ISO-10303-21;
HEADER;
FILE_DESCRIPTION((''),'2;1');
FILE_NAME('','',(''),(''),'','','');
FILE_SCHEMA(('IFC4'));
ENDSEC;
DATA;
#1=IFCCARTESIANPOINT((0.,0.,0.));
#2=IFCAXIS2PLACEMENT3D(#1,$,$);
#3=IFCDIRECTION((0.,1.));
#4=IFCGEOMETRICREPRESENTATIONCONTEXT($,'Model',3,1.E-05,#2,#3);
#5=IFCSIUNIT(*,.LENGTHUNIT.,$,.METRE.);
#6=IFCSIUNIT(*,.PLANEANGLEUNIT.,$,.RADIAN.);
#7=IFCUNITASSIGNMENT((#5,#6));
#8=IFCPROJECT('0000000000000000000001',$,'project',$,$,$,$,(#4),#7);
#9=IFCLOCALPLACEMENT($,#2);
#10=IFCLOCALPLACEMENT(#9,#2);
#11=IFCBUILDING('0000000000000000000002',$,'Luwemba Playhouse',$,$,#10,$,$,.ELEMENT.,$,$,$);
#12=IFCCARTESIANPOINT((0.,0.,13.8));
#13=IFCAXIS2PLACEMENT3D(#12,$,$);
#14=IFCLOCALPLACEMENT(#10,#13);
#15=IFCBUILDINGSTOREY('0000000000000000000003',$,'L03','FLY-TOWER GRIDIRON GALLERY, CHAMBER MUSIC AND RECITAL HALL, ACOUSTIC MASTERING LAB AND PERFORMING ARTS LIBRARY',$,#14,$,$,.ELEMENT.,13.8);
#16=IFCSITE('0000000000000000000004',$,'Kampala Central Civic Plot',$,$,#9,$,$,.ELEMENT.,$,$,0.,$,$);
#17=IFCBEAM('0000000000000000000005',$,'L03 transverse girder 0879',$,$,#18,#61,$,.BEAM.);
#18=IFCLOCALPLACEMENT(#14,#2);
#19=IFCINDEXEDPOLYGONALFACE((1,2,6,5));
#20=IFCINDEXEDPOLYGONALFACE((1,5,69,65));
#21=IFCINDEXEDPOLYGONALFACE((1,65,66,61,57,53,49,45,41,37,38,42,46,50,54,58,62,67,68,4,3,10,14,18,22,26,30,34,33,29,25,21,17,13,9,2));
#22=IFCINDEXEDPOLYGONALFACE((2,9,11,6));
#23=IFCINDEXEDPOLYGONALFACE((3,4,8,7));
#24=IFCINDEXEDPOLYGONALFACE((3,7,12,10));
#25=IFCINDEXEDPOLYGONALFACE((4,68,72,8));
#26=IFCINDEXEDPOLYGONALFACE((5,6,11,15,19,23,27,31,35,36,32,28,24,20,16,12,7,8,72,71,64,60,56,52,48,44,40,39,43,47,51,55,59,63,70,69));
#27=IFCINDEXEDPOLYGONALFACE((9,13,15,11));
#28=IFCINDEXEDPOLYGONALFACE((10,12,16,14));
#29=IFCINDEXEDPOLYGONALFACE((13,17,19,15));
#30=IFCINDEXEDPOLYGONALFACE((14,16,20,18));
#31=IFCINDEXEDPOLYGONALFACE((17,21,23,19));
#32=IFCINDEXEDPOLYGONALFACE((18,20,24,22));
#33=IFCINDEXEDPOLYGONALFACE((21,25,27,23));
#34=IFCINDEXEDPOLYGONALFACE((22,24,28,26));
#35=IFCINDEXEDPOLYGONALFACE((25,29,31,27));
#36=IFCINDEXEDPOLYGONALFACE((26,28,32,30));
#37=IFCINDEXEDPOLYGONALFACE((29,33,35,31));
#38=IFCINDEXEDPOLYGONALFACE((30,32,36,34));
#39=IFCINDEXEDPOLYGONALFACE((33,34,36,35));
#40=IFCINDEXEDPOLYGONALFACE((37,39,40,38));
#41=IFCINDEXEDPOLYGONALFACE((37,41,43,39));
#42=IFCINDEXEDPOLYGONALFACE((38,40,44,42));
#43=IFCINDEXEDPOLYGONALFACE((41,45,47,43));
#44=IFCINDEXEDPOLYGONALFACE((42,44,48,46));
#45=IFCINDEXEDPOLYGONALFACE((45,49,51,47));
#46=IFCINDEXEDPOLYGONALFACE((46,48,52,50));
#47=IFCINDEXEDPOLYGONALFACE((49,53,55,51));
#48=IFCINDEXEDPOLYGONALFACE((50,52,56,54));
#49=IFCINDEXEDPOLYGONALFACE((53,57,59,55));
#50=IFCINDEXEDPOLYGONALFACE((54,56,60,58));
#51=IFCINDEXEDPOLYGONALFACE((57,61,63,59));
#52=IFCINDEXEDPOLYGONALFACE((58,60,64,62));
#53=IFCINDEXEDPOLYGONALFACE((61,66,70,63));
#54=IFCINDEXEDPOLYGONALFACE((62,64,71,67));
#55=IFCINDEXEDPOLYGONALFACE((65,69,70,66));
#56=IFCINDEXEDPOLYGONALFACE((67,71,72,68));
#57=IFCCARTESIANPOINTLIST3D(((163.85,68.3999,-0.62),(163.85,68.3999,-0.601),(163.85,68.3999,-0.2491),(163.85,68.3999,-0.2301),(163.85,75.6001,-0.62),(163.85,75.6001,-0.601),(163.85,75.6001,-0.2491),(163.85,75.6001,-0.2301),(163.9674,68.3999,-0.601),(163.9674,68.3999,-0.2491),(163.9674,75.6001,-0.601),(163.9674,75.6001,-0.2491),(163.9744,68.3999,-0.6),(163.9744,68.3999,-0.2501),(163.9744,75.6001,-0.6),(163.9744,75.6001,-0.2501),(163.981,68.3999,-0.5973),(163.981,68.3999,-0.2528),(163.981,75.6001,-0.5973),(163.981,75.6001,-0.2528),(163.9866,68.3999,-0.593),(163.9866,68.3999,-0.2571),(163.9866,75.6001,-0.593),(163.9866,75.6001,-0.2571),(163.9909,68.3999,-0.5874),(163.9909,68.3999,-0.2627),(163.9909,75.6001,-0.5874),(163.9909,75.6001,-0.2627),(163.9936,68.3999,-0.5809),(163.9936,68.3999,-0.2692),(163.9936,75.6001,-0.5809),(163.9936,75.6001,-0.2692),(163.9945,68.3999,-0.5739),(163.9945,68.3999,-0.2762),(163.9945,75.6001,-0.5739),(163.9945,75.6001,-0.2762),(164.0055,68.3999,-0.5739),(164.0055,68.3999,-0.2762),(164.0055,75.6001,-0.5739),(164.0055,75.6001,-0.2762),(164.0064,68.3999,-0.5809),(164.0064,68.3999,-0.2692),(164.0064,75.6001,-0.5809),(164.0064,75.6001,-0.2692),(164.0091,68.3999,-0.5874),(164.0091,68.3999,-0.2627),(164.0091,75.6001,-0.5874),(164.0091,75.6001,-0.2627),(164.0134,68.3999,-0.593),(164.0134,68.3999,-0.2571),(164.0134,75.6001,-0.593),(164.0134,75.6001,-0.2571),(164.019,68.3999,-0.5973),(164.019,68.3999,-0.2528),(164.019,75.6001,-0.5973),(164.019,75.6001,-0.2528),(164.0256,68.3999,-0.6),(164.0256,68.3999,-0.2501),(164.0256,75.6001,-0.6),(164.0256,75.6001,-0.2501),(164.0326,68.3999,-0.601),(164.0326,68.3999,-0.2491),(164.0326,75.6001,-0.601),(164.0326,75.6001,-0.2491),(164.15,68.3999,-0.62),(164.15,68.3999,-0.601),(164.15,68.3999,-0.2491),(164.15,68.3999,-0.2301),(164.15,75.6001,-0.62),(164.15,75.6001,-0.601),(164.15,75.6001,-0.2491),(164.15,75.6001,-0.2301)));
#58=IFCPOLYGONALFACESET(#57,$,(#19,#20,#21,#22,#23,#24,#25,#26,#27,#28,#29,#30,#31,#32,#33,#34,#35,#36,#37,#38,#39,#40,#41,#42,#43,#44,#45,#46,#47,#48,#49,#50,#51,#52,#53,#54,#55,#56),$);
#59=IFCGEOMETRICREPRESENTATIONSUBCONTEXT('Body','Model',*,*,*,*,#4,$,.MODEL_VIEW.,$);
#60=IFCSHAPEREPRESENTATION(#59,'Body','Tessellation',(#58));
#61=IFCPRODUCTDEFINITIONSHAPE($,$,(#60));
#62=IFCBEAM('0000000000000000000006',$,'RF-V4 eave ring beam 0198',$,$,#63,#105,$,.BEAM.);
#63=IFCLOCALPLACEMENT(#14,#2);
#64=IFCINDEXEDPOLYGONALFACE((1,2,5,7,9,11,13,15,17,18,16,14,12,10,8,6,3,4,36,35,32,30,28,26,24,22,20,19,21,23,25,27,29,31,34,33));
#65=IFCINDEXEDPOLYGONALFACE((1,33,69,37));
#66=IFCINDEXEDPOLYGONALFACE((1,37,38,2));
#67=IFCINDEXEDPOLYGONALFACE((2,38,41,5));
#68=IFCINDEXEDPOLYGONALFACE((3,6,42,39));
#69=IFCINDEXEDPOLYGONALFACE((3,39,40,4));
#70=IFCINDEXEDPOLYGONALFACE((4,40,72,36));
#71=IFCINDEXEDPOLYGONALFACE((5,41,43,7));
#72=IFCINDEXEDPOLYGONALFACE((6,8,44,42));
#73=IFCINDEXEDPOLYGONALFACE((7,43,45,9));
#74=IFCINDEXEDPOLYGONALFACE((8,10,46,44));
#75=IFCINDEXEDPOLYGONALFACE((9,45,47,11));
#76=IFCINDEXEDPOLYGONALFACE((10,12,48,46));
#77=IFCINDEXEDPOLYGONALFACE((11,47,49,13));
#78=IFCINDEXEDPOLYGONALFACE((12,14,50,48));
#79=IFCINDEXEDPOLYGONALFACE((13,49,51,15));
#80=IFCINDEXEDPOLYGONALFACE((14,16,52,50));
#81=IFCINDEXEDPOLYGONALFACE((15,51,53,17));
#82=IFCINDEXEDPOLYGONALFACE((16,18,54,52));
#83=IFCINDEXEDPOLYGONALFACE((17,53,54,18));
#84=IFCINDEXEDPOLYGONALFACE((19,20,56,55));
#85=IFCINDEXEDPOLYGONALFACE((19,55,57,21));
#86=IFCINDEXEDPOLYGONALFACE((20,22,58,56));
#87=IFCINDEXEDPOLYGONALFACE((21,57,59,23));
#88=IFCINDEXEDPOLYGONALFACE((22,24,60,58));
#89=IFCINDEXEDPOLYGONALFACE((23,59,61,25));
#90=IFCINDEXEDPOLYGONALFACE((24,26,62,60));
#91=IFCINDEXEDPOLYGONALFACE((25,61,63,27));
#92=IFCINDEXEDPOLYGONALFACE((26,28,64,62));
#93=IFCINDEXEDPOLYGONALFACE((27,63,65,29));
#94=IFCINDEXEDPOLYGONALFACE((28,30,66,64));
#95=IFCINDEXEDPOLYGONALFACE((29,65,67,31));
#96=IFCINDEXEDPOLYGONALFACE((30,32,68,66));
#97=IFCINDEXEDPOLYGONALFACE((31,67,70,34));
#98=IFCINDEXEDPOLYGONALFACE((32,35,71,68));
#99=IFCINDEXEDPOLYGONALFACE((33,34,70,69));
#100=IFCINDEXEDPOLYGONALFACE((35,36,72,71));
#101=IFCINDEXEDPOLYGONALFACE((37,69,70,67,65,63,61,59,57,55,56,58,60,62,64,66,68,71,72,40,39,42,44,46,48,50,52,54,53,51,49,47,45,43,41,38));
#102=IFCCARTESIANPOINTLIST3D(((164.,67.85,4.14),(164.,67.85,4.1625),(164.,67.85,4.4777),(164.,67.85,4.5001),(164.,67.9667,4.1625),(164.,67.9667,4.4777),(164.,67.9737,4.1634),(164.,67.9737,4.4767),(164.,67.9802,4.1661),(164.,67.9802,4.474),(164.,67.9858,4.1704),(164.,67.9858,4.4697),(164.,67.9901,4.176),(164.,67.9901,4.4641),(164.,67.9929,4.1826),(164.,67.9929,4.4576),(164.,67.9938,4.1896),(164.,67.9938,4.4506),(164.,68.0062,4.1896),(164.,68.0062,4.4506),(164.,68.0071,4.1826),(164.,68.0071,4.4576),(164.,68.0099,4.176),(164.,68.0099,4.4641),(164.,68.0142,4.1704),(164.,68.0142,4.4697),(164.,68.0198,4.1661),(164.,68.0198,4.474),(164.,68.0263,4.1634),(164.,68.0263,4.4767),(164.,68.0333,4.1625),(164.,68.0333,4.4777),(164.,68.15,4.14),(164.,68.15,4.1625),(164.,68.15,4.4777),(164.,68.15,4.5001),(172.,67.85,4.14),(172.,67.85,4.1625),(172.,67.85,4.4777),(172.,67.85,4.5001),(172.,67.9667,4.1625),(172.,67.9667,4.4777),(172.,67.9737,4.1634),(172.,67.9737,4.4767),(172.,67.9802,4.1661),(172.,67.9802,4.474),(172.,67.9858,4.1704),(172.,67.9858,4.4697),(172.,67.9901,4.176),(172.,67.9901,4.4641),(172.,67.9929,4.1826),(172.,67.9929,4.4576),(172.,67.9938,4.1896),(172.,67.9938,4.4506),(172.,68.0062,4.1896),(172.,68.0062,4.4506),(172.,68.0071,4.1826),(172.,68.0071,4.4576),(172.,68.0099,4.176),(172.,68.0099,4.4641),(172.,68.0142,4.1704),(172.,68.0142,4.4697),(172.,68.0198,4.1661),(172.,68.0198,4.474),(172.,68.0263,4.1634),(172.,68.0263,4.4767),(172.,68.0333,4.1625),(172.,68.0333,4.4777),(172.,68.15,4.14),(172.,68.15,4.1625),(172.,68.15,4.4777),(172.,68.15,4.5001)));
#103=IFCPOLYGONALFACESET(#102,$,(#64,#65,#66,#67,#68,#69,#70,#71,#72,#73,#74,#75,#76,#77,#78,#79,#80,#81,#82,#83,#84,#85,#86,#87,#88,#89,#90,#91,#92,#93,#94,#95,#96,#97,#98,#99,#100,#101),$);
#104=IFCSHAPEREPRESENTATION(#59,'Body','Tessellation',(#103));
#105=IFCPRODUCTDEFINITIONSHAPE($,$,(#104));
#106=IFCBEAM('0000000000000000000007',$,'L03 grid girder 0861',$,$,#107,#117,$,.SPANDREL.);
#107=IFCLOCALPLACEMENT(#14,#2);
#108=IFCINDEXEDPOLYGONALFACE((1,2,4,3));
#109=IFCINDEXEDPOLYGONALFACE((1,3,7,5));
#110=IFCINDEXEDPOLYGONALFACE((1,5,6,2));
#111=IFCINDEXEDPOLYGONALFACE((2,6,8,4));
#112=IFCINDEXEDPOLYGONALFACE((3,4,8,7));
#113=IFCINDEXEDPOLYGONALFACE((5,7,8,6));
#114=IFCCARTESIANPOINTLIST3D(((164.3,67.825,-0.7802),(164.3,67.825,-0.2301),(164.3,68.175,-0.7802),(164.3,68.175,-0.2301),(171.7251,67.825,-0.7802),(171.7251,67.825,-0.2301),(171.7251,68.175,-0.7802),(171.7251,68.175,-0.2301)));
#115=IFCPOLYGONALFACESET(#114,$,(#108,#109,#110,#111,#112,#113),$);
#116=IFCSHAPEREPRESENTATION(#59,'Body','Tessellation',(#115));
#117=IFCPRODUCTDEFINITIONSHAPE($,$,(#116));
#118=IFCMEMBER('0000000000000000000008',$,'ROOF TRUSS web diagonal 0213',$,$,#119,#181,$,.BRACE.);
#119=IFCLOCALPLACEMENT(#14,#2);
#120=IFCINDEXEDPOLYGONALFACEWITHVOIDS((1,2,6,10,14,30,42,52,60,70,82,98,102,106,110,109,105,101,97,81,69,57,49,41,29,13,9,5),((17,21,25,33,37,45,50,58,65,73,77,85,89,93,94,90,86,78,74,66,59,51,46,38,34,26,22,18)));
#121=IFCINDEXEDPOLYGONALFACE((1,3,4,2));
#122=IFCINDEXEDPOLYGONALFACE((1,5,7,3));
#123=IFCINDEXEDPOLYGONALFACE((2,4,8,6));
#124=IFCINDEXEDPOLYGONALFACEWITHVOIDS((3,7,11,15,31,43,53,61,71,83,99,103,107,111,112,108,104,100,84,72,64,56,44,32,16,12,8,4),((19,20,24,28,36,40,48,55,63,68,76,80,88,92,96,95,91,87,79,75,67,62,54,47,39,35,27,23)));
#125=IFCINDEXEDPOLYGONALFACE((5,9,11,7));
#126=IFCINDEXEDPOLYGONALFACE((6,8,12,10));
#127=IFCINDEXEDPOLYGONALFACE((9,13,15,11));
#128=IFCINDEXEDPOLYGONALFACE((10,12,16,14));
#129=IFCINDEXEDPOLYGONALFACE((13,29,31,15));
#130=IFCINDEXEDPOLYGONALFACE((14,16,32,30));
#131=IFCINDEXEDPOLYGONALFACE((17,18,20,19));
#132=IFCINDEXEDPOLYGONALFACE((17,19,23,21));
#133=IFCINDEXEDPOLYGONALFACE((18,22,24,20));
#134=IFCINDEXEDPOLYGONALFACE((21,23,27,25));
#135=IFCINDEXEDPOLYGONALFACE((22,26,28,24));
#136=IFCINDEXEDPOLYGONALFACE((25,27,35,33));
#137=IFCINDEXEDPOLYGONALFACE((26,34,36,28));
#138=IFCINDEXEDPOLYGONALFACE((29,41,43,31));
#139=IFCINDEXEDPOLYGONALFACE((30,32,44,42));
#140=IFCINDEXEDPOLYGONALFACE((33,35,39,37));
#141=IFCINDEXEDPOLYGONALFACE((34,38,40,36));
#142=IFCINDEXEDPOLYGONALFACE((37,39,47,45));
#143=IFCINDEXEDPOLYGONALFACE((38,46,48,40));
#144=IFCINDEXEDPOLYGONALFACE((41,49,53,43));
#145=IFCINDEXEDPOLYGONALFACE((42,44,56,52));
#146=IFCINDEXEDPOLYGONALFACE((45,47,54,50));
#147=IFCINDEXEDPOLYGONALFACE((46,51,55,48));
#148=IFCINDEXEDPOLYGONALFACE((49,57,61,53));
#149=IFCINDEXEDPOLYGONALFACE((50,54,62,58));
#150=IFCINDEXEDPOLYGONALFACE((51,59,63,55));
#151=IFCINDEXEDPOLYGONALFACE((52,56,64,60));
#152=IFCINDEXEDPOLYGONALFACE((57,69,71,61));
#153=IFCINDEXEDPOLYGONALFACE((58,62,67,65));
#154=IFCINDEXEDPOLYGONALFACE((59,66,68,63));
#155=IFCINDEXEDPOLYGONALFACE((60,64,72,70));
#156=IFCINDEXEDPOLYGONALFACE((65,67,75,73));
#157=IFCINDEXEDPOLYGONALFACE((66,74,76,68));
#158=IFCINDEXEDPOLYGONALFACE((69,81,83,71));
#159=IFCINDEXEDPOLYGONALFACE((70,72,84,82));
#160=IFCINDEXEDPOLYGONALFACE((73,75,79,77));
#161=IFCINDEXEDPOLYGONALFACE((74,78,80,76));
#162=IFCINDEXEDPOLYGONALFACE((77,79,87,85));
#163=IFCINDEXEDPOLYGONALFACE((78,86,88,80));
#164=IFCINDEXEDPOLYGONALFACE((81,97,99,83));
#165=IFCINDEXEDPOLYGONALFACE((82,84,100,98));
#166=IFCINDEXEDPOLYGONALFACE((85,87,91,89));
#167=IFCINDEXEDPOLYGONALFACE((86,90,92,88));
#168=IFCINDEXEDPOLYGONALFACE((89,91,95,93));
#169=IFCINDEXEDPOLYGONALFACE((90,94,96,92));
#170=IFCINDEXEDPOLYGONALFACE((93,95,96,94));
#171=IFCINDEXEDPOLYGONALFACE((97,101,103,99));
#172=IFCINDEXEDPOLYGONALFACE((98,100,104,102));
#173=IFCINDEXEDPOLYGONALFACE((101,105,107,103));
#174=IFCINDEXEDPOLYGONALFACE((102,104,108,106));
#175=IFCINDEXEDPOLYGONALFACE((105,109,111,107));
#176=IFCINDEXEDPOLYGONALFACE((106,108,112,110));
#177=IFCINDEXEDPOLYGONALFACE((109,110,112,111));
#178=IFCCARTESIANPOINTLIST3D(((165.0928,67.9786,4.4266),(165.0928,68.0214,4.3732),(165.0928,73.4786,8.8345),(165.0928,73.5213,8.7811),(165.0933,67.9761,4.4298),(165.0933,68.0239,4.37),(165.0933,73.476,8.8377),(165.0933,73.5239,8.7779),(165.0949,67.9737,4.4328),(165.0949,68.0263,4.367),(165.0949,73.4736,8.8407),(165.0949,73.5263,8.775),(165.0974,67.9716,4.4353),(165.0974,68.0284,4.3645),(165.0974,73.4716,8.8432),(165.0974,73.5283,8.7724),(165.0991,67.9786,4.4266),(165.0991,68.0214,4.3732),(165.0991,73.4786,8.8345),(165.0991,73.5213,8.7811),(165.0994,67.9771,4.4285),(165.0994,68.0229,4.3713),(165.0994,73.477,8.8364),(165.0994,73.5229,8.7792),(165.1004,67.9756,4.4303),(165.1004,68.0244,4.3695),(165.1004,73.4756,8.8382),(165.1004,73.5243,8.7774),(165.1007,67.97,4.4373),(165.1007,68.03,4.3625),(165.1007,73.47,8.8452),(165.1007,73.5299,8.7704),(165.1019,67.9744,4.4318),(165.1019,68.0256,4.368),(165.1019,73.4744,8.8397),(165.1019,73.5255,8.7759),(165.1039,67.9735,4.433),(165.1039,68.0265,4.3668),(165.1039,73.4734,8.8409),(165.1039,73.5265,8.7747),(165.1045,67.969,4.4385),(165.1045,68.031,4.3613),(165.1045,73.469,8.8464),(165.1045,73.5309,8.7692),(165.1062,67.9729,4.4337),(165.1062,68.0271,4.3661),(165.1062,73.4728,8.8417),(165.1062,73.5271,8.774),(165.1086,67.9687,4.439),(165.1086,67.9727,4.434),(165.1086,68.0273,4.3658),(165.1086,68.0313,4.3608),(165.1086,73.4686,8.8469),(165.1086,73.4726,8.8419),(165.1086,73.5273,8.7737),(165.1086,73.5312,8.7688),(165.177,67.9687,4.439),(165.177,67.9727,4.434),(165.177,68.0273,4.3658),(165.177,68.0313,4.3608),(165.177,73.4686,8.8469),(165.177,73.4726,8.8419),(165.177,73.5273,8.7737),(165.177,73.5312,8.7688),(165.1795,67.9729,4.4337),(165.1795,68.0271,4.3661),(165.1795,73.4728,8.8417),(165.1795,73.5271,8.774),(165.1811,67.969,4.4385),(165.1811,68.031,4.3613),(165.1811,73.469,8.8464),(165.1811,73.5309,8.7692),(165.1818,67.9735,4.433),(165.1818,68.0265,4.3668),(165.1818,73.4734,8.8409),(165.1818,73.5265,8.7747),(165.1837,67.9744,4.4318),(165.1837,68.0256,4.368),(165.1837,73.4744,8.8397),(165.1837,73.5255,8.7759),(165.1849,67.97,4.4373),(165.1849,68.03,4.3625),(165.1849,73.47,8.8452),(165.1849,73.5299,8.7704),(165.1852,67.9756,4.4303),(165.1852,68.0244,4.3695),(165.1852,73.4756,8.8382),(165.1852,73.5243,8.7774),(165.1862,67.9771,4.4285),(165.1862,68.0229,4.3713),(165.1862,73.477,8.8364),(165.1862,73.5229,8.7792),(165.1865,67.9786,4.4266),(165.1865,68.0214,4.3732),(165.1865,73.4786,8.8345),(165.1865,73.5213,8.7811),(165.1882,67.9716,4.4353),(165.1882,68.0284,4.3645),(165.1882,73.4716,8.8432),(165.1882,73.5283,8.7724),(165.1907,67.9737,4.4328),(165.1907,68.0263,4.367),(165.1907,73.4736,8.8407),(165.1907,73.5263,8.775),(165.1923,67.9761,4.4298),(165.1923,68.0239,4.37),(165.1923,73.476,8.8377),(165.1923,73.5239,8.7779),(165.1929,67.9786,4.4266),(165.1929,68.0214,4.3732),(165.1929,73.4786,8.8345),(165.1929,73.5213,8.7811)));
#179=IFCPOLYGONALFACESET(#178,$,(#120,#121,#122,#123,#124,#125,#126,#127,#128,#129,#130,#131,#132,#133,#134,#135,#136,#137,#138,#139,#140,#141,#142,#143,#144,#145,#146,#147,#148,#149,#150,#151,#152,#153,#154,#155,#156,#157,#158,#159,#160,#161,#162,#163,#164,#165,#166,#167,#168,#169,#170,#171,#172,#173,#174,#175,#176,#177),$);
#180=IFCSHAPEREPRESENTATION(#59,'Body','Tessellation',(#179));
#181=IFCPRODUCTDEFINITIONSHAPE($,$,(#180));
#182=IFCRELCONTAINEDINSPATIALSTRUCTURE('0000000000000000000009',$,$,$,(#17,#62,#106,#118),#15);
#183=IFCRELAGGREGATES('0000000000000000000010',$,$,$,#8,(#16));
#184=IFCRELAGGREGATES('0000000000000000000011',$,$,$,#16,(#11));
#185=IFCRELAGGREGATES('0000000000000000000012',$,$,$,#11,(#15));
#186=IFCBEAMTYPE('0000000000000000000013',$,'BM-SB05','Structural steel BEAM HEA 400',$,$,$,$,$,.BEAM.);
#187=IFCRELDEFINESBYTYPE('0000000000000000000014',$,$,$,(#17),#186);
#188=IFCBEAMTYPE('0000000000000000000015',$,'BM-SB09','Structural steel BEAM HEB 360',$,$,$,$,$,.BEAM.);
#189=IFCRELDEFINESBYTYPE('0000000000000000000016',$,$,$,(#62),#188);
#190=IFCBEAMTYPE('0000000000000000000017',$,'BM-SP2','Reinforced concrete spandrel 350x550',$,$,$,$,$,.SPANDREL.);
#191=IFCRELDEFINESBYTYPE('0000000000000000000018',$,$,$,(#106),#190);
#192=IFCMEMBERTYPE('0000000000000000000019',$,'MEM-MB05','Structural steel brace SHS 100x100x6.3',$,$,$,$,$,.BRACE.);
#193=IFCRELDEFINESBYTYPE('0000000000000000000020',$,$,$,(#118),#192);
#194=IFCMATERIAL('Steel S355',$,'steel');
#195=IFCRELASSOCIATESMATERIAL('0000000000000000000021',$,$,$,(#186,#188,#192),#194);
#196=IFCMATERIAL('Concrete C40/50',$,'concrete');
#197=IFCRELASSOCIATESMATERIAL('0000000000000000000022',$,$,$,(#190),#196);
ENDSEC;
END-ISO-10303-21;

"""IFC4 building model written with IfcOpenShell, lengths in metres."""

from ifc_helpers import new_model, si_unit, direction, frame, origin, origin_2d, place, context, subcontext, project, spatial, rectangle, hollow_rectangle, i_section, extrude, material, material_profile, profile_set, type_object, element, save


model = new_model("IFC4")

# Units and contexts
model_context = context("Model", 3, precision=1e-05, world=origin(), true_north=direction((0.0, 1.0)))
body_context = subcontext(model_context, "Body", "Model", "MODEL_VIEW")
ifc_project = project(units=[si_unit("LENGTHUNIT", "METRE"), si_unit("PLANEANGLEUNIT", "RADIAN")], contexts=[model_context])

# Site, building, storey
site_placement = place(None, origin())
site = spatial("IfcSite", under=ifc_project, at=site_placement, Name="Kampala Central Civic Plot", CompositionType="ELEMENT", RefElevation=0.0)
building_placement = place(site_placement, origin())
building = spatial("IfcBuilding", under=site, at=building_placement, Name="Luwemba Playhouse", CompositionType="ELEMENT")
storey_placement = place(building_placement, frame((0.0, 0.0, 13.8)))
storey = spatial("IfcBuildingStorey", under=building, at=storey_placement, Name="L03", Description="FLY-TOWER GRIDIRON GALLERY, CHAMBER MUSIC AND RECITAL HALL, ACOUSTIC MASTERING LAB AND PERFORMING ARTS LIBRARY", CompositionType="ELEMENT", Elevation=13.8)

# Shared definitions
ifc_material_1 = material(Name="Concrete C40/50", Category="concrete")

# Beams
ifc_material_2 = material(Name="Steel S355", Category="steel")
ifc_material_profile_1 = material_profile(ifc_material_2, i_section(OverallWidth=0.3, OverallDepth=0.3899, WebThickness=0.011, FlangeThickness=0.019, FilletRadius=0.0271, at=origin_2d()))
ifc_profile_set_1 = profile_set([ifc_material_profile_1], Name="Steel S355")
beam_type_1 = type_object("IfcBeamType", Name="BM-SB05", Description="Structural steel BEAM HEA 400", PredefinedType="BEAM", material=ifc_profile_set_1)
beam_1_placement = place(storey_placement, frame((164.0, 68.3999, -0.425), z_axis=(0.0, 1.0, 0.0), x_axis=(-1.0, 0.0, 0.0)))
element("IfcBeam", 1, at=beam_1_placement, inside=storey, type_object=beam_type_1, Name="L03 transverse girder 0879", PredefinedType="BEAM", context=body_context, shape_type="SweptSolid", body=[
    extrude(i_section(OverallWidth=0.3, OverallDepth=0.3899, WebThickness=0.011, FlangeThickness=0.019, FilletRadius=0.0271, at=origin_2d()), origin(), (0.0, 0.0, 1.0), 7.2002),
])
ifc_material_profile_2 = material_profile(ifc_material_2, i_section(OverallWidth=0.3, OverallDepth=0.3601, WebThickness=0.0125, FlangeThickness=0.0225, FilletRadius=0.0271, at=origin_2d()))
ifc_profile_set_2 = profile_set([ifc_material_profile_2], Name="Steel S355")
beam_type_2 = type_object("IfcBeamType", Name="BM-SB09", Description="Structural steel BEAM HEB 360", PredefinedType="BEAM", material=ifc_profile_set_2)
beam_2_placement = place(storey_placement, frame((164.0, 68.0, 4.3201), z_axis=(1.0, 0.0, 0.0), x_axis=(0.0, 1.0, 0.0)))
element("IfcBeam", 2, at=beam_2_placement, inside=storey, type_object=beam_type_2, Name="RF-V4 eave ring beam 0198", PredefinedType="BEAM", context=body_context, shape_type="SweptSolid", body=[
    extrude(i_section(OverallWidth=0.3, OverallDepth=0.3601, WebThickness=0.0125, FlangeThickness=0.0225, FilletRadius=0.0271, at=origin_2d()), origin(), (0.0, 0.0, 1.0), 8.0),
])
ifc_material_profile_3 = material_profile(ifc_material_1, rectangle(XDim=0.3501, YDim=0.55, at=origin_2d()))
ifc_profile_set_3 = profile_set([ifc_material_profile_3], Name="Concrete C40/50")
beam_type_3 = type_object("IfcBeamType", Name="BM-SP2", Description="Reinforced concrete spandrel 350x550", PredefinedType="SPANDREL", material=ifc_profile_set_3)
beam_3_placement = place(storey_placement, frame((164.3, 68.0, -0.5051), z_axis=(1.0, 0.0, 0.0), x_axis=(0.0, 1.0, 0.0)))
element("IfcBeam", 3, at=beam_3_placement, inside=storey, type_object=beam_type_3, Name="L03 grid girder 0861", PredefinedType="SPANDREL", context=body_context, shape_type="SweptSolid", body=[
    extrude(rectangle(XDim=0.3501, YDim=0.55, at=origin_2d()), origin(), (0.0, 0.0, 1.0), 7.425),
])

# Member
ifc_material_profile_4 = material_profile(ifc_material_2, hollow_rectangle(XDim=0.1001, YDim=0.1001, WallThickness=0.0063, InnerFilletRadius=0.0095, OuterFilletRadius=0.0159, at=origin_2d()))
ifc_profile_set_4 = profile_set([ifc_material_profile_4], Name="Steel S355")
member_type_1 = type_object("IfcMemberType", Name="MEM-MB05", Description="Structural steel brace SHS 100x100x6.3", PredefinedType="BRACE", material=ifc_profile_set_4)
member_1_placement = place(storey_placement, frame((165.1428, 68.0, 4.3999), z_axis=(0.0, 0.780318, 0.625383), x_axis=(-1.0, 0.0, 0.0)))
element("IfcMember", 4, at=member_1_placement, inside=storey, type_object=member_type_1, Name="ROOF TRUSS web diagonal 0213", PredefinedType="BRACE", context=body_context, shape_type="SweptSolid", body=[
    extrude(hollow_rectangle(XDim=0.1001, YDim=0.1001, WallThickness=0.0063, InnerFilletRadius=0.0095, OuterFilletRadius=0.0159, at=origin_2d()), origin(), (0.0, 0.0, 1.0), 7.0483),
])

save(model, "model.ifc")
